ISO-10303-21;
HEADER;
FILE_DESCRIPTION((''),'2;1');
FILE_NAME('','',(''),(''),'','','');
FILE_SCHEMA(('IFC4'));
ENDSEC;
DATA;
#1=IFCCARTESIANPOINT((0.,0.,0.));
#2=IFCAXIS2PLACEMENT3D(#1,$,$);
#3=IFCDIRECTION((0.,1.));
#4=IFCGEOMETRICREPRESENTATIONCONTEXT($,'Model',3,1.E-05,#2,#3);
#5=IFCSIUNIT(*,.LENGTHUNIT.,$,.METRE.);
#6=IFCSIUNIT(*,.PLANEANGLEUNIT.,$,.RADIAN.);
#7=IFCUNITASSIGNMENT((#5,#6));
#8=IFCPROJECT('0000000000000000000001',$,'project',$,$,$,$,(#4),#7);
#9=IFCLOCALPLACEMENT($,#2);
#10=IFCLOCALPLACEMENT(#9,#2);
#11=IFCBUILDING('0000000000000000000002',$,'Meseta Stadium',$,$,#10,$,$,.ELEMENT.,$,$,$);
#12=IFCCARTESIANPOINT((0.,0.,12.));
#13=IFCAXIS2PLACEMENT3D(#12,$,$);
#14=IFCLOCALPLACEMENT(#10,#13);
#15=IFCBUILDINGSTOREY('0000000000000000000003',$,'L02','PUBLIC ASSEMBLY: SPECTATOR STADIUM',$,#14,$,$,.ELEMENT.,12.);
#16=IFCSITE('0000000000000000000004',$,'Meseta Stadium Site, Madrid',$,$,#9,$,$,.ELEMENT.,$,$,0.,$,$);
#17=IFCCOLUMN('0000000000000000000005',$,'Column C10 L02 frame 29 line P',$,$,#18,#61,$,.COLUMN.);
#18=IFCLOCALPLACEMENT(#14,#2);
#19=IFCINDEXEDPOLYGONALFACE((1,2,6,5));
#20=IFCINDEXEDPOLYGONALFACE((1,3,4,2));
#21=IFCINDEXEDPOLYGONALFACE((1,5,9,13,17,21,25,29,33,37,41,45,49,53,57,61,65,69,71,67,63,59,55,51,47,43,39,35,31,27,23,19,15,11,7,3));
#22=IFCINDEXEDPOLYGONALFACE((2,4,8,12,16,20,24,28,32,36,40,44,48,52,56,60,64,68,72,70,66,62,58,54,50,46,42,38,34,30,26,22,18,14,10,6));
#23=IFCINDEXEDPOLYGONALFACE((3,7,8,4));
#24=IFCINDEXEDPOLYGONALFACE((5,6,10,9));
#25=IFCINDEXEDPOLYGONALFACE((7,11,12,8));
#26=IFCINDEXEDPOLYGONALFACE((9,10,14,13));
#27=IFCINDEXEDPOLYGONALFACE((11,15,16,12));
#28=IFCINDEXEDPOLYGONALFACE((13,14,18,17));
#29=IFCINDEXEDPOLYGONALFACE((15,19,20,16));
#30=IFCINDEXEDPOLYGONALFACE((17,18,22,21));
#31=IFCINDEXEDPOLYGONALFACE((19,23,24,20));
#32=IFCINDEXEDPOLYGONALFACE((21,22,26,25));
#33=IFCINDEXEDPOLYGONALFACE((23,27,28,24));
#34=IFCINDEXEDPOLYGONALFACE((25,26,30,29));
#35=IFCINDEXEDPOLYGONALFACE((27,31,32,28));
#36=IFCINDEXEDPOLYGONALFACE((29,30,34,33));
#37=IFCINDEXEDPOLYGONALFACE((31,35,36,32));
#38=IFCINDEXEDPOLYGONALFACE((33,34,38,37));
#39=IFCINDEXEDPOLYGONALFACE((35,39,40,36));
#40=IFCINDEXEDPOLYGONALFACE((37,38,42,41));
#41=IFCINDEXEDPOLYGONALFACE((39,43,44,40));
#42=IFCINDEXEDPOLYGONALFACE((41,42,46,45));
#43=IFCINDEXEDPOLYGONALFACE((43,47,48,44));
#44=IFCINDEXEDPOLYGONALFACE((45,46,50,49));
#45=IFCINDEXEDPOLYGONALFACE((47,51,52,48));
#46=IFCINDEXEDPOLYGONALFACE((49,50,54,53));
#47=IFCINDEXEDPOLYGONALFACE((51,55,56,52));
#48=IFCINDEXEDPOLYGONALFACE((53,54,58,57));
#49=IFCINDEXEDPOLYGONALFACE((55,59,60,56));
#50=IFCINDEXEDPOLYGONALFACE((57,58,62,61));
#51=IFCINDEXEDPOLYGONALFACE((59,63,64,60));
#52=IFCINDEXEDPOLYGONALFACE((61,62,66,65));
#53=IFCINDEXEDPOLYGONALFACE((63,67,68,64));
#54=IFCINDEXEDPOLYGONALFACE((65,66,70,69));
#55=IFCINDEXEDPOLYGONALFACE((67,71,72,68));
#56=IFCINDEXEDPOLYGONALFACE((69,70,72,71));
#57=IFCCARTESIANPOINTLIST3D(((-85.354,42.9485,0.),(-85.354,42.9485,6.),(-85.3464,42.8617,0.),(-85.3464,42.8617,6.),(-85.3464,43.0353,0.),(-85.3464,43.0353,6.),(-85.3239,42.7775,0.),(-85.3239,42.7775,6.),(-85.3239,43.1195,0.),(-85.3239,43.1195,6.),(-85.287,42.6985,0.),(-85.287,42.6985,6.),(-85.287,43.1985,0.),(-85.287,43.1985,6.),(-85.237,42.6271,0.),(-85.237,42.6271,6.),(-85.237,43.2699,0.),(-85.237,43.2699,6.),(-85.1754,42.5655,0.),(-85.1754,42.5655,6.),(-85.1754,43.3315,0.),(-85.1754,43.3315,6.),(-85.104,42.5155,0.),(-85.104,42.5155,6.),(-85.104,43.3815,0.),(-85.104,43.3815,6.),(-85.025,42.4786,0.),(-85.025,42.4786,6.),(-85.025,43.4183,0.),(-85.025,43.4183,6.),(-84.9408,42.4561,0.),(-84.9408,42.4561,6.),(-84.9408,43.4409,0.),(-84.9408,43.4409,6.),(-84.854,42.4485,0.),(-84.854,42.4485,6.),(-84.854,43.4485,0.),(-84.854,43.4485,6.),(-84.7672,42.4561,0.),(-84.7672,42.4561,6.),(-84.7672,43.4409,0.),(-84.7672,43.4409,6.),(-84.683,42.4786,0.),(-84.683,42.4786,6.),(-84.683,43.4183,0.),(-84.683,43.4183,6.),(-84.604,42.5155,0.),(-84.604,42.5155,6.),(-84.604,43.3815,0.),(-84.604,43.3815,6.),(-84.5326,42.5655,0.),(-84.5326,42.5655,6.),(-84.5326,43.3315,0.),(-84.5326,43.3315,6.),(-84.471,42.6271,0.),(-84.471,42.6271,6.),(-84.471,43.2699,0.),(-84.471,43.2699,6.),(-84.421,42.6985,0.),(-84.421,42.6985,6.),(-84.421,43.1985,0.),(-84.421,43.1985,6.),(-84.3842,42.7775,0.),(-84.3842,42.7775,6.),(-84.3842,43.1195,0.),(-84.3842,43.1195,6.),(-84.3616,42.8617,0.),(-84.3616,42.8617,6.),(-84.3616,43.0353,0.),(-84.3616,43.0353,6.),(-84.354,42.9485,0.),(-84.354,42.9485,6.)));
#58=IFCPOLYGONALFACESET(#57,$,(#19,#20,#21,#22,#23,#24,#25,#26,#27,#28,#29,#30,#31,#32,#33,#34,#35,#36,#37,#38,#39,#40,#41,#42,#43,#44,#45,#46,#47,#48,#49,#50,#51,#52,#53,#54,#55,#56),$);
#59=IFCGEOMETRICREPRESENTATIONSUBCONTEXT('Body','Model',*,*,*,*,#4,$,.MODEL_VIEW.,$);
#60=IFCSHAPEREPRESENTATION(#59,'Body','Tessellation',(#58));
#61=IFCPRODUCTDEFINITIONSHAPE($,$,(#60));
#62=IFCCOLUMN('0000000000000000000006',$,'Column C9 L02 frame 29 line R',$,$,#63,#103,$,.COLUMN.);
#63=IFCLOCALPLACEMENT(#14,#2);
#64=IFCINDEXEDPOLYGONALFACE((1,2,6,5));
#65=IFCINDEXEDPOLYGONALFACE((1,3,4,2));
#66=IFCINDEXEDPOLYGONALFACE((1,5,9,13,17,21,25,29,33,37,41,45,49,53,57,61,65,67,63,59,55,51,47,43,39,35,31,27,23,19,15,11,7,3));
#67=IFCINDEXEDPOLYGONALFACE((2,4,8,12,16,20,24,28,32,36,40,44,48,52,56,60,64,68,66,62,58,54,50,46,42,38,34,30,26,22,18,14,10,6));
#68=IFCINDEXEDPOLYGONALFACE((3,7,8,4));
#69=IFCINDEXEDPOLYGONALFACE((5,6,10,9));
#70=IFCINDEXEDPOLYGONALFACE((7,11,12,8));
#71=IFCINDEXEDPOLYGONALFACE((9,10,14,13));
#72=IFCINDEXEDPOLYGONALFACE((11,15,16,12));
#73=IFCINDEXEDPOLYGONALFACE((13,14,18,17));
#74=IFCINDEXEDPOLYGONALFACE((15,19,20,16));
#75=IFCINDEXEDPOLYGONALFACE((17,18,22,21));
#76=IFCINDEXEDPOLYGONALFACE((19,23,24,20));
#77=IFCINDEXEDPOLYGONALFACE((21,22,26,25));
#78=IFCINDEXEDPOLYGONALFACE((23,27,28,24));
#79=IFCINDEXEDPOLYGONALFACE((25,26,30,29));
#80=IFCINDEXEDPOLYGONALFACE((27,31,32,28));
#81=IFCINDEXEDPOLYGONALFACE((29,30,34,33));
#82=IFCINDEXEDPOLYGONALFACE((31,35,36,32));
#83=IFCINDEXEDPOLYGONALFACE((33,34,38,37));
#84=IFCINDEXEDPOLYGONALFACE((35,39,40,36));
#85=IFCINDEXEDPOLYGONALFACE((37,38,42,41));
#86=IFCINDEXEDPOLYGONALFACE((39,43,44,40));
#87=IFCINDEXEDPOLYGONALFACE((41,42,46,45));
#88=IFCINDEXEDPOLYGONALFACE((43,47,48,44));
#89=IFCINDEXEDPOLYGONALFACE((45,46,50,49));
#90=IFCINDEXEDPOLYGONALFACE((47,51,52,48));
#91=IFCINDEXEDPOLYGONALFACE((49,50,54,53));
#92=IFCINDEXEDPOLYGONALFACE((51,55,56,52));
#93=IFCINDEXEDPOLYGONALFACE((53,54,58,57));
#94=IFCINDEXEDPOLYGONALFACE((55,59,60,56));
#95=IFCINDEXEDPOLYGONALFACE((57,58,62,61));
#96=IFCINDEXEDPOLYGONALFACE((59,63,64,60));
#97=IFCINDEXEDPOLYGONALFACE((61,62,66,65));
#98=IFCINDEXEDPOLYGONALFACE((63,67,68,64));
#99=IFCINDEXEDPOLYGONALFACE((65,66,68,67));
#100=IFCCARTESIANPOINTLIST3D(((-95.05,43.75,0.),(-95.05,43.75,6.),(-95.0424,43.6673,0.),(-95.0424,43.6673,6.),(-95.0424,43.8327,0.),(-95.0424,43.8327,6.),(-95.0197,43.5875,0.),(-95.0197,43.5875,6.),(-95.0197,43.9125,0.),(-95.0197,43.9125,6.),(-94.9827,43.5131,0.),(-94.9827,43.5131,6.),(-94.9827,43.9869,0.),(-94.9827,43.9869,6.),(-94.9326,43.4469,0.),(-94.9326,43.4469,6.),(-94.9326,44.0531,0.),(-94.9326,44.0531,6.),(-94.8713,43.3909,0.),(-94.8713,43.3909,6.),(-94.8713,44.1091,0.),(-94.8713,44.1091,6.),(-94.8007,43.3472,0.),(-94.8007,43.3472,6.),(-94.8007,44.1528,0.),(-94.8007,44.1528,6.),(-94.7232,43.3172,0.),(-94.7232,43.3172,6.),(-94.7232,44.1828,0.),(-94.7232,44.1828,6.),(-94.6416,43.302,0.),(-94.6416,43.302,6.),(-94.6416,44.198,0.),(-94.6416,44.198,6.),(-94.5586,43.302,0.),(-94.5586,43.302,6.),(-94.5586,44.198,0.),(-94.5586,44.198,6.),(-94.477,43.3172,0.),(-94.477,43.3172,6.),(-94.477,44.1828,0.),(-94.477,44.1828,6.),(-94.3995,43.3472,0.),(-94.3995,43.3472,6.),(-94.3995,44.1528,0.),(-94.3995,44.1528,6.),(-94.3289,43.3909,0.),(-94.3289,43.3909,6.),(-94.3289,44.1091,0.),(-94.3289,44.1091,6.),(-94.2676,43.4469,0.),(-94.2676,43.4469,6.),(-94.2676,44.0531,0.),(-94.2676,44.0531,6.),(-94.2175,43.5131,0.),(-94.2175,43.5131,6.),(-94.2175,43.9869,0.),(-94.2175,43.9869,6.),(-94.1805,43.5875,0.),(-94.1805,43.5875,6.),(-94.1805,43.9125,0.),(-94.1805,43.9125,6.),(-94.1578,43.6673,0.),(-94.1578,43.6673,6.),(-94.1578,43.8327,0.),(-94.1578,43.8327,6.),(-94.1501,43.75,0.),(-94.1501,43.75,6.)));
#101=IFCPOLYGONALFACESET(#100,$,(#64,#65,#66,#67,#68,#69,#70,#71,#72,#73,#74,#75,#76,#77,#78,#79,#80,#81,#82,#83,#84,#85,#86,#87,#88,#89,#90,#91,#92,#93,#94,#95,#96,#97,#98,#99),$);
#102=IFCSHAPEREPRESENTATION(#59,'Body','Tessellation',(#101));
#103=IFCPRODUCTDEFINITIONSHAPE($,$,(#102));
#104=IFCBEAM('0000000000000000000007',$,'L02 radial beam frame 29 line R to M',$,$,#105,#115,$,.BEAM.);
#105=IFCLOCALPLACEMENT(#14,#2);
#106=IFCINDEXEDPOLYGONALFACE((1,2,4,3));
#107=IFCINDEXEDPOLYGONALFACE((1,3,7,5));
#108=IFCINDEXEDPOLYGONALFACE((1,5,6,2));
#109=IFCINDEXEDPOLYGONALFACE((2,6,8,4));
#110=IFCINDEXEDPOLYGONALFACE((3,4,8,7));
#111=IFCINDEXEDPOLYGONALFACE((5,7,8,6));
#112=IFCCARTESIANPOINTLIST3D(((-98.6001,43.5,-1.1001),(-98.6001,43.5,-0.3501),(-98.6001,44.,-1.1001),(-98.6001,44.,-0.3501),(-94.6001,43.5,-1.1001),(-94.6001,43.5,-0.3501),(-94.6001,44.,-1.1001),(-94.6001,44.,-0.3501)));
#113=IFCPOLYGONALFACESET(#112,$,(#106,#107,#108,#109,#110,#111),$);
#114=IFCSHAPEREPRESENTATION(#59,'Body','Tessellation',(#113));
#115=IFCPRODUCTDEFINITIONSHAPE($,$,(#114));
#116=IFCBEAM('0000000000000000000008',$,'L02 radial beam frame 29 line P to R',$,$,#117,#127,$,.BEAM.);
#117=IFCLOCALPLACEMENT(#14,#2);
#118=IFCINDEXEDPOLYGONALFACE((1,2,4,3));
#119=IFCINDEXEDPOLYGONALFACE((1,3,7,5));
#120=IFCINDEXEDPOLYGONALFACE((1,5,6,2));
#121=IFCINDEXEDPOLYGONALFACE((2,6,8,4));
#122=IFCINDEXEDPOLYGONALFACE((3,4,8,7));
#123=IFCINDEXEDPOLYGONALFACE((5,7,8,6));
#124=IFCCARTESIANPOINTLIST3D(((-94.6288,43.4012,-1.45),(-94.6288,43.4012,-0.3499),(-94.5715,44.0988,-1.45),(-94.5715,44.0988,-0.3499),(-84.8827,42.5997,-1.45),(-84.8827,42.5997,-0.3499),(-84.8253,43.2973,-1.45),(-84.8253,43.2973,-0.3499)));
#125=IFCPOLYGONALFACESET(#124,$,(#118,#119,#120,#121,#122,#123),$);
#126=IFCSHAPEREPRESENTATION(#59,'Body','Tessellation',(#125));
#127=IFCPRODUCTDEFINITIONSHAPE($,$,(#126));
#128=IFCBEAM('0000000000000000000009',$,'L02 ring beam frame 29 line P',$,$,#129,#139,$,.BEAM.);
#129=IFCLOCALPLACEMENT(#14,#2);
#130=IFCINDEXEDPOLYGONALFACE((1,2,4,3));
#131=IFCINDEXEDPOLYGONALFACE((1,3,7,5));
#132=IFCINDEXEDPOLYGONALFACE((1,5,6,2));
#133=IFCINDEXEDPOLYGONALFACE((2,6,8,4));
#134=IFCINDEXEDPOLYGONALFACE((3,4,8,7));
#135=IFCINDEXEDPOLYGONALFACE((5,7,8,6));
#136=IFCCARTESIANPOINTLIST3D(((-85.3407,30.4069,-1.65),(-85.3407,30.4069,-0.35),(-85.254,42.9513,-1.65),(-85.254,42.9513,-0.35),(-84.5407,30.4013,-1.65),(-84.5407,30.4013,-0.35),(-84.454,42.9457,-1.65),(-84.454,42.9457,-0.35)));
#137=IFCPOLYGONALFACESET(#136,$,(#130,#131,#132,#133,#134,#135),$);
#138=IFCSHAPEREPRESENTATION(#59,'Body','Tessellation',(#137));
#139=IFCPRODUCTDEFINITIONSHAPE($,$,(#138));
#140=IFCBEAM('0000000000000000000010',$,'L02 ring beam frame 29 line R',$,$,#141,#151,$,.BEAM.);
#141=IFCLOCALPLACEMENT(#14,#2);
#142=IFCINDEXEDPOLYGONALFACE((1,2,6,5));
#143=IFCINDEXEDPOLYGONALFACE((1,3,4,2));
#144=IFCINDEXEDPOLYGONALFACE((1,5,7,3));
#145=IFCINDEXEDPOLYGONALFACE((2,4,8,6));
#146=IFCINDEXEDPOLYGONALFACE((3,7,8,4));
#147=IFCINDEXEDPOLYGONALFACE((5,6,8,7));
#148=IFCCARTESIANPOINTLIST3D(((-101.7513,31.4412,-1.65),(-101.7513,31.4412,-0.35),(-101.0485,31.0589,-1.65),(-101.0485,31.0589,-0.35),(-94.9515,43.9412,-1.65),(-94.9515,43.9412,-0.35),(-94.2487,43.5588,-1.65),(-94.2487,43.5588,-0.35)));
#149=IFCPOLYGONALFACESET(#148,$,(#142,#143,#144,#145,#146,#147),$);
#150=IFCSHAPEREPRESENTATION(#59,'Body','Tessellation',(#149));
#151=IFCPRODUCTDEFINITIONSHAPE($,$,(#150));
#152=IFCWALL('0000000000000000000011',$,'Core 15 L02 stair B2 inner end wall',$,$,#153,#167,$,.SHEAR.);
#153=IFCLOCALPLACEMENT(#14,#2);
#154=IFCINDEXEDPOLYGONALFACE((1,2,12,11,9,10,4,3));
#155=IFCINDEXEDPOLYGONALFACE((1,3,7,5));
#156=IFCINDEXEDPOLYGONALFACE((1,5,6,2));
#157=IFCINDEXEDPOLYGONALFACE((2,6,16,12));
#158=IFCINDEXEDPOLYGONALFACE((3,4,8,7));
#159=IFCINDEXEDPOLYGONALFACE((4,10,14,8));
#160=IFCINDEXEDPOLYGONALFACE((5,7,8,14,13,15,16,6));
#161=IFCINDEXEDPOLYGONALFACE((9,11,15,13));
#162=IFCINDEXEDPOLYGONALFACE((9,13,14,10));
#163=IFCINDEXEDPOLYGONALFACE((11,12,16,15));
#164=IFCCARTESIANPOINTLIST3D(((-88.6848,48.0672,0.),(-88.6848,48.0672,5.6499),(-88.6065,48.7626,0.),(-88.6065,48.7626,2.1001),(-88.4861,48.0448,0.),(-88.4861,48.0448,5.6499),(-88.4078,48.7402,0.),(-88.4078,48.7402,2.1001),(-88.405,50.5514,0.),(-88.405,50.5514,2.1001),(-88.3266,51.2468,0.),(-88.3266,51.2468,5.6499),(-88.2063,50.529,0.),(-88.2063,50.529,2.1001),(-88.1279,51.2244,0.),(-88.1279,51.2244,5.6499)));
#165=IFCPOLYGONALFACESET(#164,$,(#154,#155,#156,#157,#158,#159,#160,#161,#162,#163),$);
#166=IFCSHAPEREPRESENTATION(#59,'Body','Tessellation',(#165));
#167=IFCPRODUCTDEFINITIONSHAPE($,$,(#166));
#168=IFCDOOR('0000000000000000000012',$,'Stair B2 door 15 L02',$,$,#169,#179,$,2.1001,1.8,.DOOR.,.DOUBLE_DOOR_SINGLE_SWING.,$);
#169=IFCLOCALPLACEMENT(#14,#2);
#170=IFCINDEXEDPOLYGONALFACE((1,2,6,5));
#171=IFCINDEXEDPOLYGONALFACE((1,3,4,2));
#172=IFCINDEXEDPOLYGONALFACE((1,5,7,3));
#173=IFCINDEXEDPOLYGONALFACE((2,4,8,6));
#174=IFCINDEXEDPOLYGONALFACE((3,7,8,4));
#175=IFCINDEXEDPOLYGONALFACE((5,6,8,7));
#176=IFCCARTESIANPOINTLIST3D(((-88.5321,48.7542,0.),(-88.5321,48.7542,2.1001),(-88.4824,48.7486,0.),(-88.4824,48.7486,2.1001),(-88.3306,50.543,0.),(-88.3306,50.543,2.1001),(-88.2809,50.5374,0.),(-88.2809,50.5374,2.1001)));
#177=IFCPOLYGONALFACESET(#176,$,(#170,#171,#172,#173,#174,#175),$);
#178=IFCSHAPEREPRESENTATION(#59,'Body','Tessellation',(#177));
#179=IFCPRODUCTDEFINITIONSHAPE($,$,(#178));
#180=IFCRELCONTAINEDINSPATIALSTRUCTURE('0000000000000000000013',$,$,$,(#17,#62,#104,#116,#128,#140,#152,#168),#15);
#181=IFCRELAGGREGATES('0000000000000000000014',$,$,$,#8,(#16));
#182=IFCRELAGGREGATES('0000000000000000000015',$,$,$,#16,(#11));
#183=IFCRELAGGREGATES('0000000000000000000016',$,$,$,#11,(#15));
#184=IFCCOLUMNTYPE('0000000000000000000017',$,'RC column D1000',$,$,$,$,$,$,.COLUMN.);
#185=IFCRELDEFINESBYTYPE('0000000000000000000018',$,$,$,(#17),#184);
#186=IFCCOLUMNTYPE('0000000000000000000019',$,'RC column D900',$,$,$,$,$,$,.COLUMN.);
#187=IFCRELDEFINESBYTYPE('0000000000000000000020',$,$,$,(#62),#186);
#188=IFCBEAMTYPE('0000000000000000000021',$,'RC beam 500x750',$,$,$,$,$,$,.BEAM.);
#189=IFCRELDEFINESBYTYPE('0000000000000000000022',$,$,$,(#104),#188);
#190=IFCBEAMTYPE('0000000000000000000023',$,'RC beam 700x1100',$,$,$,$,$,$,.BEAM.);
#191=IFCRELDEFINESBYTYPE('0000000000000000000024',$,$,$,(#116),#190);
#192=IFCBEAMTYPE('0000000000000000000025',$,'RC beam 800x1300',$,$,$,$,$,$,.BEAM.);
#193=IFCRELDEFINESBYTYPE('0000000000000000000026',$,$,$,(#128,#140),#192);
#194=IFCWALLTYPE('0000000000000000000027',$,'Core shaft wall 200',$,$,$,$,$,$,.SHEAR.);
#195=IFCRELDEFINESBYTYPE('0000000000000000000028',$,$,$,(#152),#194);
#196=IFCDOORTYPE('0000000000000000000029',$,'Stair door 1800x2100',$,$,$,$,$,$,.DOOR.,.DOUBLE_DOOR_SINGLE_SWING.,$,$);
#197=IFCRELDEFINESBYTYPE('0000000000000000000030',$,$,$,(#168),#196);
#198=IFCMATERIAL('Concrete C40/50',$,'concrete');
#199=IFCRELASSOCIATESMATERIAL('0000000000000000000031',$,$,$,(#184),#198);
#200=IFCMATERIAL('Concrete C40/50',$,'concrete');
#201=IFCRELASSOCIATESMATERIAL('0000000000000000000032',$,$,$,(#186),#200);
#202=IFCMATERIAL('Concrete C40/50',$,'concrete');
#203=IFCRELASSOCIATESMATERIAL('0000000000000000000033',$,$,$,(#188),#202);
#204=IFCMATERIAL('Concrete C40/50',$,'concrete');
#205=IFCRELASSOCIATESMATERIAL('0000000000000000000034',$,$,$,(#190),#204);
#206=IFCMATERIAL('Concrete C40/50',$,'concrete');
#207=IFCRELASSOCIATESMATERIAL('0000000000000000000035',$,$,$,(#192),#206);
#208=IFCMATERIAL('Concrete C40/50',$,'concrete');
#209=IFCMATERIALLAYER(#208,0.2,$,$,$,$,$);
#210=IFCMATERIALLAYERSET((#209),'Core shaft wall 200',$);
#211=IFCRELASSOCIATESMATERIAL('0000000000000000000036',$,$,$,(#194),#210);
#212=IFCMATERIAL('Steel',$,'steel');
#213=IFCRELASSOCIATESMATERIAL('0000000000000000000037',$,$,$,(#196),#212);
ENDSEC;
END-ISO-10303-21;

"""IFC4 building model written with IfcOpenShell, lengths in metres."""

from ifc_helpers import new_model, si_unit, direction, frame, frame_2d, origin, origin_2d, place, context, subcontext, project, spatial, rectangle, circle, extrude, material, layer, layer_set, material_profile, profile_set, type_object, element, fill, save


model = new_model("IFC4")

# Units and contexts
model_context = context("Model", 3, precision=1e-05, world=origin(), true_north=direction((0.0, 1.0)))
body_context = subcontext(model_context, "Body", "Model", "MODEL_VIEW")
ifc_project = project(units=[si_unit("LENGTHUNIT", "METRE"), si_unit("PLANEANGLEUNIT", "RADIAN")], contexts=[model_context])

# Site, building, storey
site_placement = place(None, origin())
site = spatial("IfcSite", under=ifc_project, at=site_placement, Name="Meseta Stadium Site, Madrid", CompositionType="ELEMENT", RefElevation=0.0)
building_placement = place(site_placement, origin())
building = spatial("IfcBuilding", under=site, at=building_placement, Name="Meseta Stadium", CompositionType="ELEMENT")
storey_placement = place(building_placement, frame((0.0, 0.0, 12.0)))
storey = spatial("IfcBuildingStorey", under=building, at=storey_placement, Name="L02", Description="PUBLIC ASSEMBLY: SPECTATOR STADIUM", CompositionType="ELEMENT", Elevation=12.0)

# Columns
ifc_material_1 = material(Name="Concrete C40/50", Category="concrete")
ifc_material_profile_1 = material_profile(ifc_material_1, circle(Radius=0.5, at=origin_2d()), Name="RC D1000")
ifc_profile_set_1 = profile_set([ifc_material_profile_1], Name="Concrete C40/50")
column_type_1 = type_object("IfcColumnType", Name="RC column D1000", PredefinedType="COLUMN", material=ifc_profile_set_1)
column_1_placement = place(storey_placement, frame((-84.854, 42.9485, 0.0), z_axis=(0.0, 0.0, 1.0), x_axis=(1.0, 0.0, 0.0)))
element("IfcColumn", 1, at=column_1_placement, inside=storey, type_object=column_type_1, Name="Column C10 L02 frame 29 line P", PredefinedType="COLUMN", context=body_context, shape_type="SweptSolid", body=[
    extrude(circle(Radius=0.5, at=origin_2d()), origin(), (0.0, 0.0, 1.0), 6.0),
])
ifc_material_2 = material(Name="Concrete C40/50", Category="concrete")
ifc_material_profile_2 = material_profile(ifc_material_2, circle(Radius=0.45, at=origin_2d()), Name="RC D900")
ifc_profile_set_2 = profile_set([ifc_material_profile_2], Name="Concrete C40/50")
column_type_2 = type_object("IfcColumnType", Name="RC column D900", PredefinedType="COLUMN", material=ifc_profile_set_2)
column_2_placement = place(storey_placement, frame((-94.6001, 43.75, 0.0), z_axis=(0.0, 0.0, 1.0), x_axis=(1.0, 0.0, 0.0)))
element("IfcColumn", 2, at=column_2_placement, inside=storey, type_object=column_type_2, Name="Column C9 L02 frame 29 line R", PredefinedType="COLUMN", context=body_context, shape_type="SweptSolid", body=[
    extrude(circle(Radius=0.45, at=origin_2d()), origin(), (0.0, 0.0, 1.0), 6.0),
])

# Beams
ifc_material_3 = material(Name="Concrete C40/50", Category="concrete")
ifc_material_profile_3 = material_profile(ifc_material_3, rectangle(XDim=0.5, YDim=0.75, at=origin_2d()), Name="RC 500x750")
ifc_profile_set_3 = profile_set([ifc_material_profile_3], Name="Concrete C40/50")
beam_type_1 = type_object("IfcBeamType", Name="RC beam 500x750", PredefinedType="BEAM", material=ifc_profile_set_3)
beam_1_placement = place(storey_placement, frame((-94.6001, 43.75, -0.7251), z_axis=(-1.0, 0.0, 0.0), x_axis=(0.0, -1.0, 0.0)))
element("IfcBeam", 3, at=beam_1_placement, inside=storey, type_object=beam_type_1, Name="L02 radial beam frame 29 line R to M", PredefinedType="BEAM", context=body_context, shape_type="SweptSolid", body=[
    extrude(rectangle(XDim=0.5, YDim=0.75, at=origin_2d()), origin(), (0.0, 0.0, 1.0), 4.0),
])
ifc_material_4 = material(Name="Concrete C40/50", Category="concrete")
ifc_material_profile_4 = material_profile(ifc_material_4, rectangle(XDim=0.7, YDim=1.1001, at=origin_2d()), Name="RC 700x1100")
ifc_profile_set_4 = profile_set([ifc_material_profile_4], Name="Concrete C40/50")
beam_type_2 = type_object("IfcBeamType", Name="RC beam 700x1100", PredefinedType="BEAM", material=ifc_profile_set_4)
beam_2_placement = place(storey_placement, frame((-84.854, 42.9485, -0.8999), z_axis=(-0.996635, 0.081963, 0.0), x_axis=(-0.081963, -0.996635, 0.0)))
element("IfcBeam", 4, at=beam_2_placement, inside=storey, type_object=beam_type_2, Name="L02 radial beam frame 29 line P to R", PredefinedType="BEAM", context=body_context, shape_type="SweptSolid", body=[
    extrude(rectangle(XDim=0.7, YDim=1.1001, at=origin_2d()), origin(), (0.0, 0.0, 1.0), 9.7791),
])
ifc_material_5 = material(Name="Concrete C40/50", Category="concrete")
ifc_material_profile_5 = material_profile(ifc_material_5, rectangle(XDim=0.8, YDim=1.3, at=origin_2d()), Name="RC 800x1300")
ifc_profile_set_5 = profile_set([ifc_material_profile_5], Name="Concrete C40/50")
beam_type_3 = type_object("IfcBeamType", Name="RC beam 800x1300", PredefinedType="BEAM", material=ifc_profile_set_5)
beam_3_placement = place(storey_placement, frame((-84.854, 42.9485, -1.0), z_axis=(-0.006909, -0.999976, 0.0), x_axis=(0.999976, -0.006909, 0.0)))
element("IfcBeam", 5, at=beam_3_placement, inside=storey, type_object=beam_type_3, Name="L02 ring beam frame 29 line P", PredefinedType="BEAM", context=body_context, shape_type="SweptSolid", body=[
    extrude(rectangle(XDim=0.8, YDim=1.3, at=origin_2d()), origin(), (0.0, 0.0, 1.0), 12.5447),
])
beam_4_placement = place(storey_placement, frame((-94.6001, 43.75, -1.0), z_axis=(-0.477856, -0.878438, 0.0), x_axis=(0.878438, -0.477856, 0.0)))
element("IfcBeam", 6, at=beam_4_placement, inside=storey, type_object=beam_type_3, Name="L02 ring beam frame 29 line R", PredefinedType="BEAM", context=body_context, shape_type="SweptSolid", body=[
    extrude(rectangle(XDim=0.8, YDim=1.3, at=origin_2d()), origin(), (0.0, 0.0, 1.0), 14.2297),
])

# Wall, opening, door
ifc_material_6 = material(Name="Concrete C40/50", Category="concrete")
ifc_layer_1 = layer(ifc_material_6, 0.2)
ifc_layer_set_1 = layer_set([ifc_layer_1], Name="Core shaft wall 200")
wall_type_1 = type_object("IfcWallType", Name="Core shaft wall 200", PredefinedType="SHEAR", material=ifc_layer_set_1)
wall_1_placement = place(storey_placement, frame((-88.2273, 51.2356, 0.0), z_axis=(0.0, 0.0, 1.0), x_axis=(-0.11193, -0.993716, 0.0)))
wall_1 = element("IfcWall", 7, at=wall_1_placement, inside=storey, type_object=wall_type_1, Name="Core 15 L02 stair B2 inner end wall", PredefinedType="SHEAR", context=body_context, shape_type="SweptSolid", body=[
    extrude(rectangle(XDim=3.1997, YDim=0.2, at=frame_2d((1.5999, 0.0))), origin(), (0.0, 0.0, 1.0), 5.6499),
])
opening_1_placement = place(wall_1_placement, frame((0.7, 0.0, 0.0)))
opening_1 = element("IfcOpeningElement", 8, at=opening_1_placement, cuts=wall_1, PredefinedType="OPENING", context=body_context, shape_type="SweptSolid", body=[
    extrude(rectangle(XDim=1.8, YDim=2.1001, at=frame_2d((0.8999, 1.05))), frame((0.0, 0.1099, 0.0), z_axis=(0.0, -1.0, 0.0), x_axis=(1.0, 0.0, 0.0)), (0.0, 0.0, 1.0), 0.22),
])
ifc_material_7 = material(Name="Steel", Category="steel")
door_type_1 = type_object("IfcDoorType", Name="Stair door 1800x2100", OperationType="DOUBLE_DOOR_SINGLE_SWING", PredefinedType="DOOR", material=ifc_material_7)
door_1_placement = place(opening_1_placement, origin())
door_1 = element("IfcDoor", 9, at=door_1_placement, inside=storey, type_object=door_type_1, Name="Stair B2 door 15 L02", OperationType="DOUBLE_DOOR_SINGLE_SWING", OverallHeight=2.1001, OverallWidth=1.8, PredefinedType="DOOR", context=body_context, shape_type="SweptSolid", body=[
    extrude(rectangle(XDim=1.8, YDim=2.1001, at=frame_2d((0.8999, 1.05))), frame((0.0, 0.0249, 0.0), z_axis=(0.0, -1.0, 0.0), x_axis=(1.0, 0.0, 0.0)), (0.0, 0.0, 1.0), 0.05),
])
fill(opening_1, door_1)

save(model, "model.ifc")
